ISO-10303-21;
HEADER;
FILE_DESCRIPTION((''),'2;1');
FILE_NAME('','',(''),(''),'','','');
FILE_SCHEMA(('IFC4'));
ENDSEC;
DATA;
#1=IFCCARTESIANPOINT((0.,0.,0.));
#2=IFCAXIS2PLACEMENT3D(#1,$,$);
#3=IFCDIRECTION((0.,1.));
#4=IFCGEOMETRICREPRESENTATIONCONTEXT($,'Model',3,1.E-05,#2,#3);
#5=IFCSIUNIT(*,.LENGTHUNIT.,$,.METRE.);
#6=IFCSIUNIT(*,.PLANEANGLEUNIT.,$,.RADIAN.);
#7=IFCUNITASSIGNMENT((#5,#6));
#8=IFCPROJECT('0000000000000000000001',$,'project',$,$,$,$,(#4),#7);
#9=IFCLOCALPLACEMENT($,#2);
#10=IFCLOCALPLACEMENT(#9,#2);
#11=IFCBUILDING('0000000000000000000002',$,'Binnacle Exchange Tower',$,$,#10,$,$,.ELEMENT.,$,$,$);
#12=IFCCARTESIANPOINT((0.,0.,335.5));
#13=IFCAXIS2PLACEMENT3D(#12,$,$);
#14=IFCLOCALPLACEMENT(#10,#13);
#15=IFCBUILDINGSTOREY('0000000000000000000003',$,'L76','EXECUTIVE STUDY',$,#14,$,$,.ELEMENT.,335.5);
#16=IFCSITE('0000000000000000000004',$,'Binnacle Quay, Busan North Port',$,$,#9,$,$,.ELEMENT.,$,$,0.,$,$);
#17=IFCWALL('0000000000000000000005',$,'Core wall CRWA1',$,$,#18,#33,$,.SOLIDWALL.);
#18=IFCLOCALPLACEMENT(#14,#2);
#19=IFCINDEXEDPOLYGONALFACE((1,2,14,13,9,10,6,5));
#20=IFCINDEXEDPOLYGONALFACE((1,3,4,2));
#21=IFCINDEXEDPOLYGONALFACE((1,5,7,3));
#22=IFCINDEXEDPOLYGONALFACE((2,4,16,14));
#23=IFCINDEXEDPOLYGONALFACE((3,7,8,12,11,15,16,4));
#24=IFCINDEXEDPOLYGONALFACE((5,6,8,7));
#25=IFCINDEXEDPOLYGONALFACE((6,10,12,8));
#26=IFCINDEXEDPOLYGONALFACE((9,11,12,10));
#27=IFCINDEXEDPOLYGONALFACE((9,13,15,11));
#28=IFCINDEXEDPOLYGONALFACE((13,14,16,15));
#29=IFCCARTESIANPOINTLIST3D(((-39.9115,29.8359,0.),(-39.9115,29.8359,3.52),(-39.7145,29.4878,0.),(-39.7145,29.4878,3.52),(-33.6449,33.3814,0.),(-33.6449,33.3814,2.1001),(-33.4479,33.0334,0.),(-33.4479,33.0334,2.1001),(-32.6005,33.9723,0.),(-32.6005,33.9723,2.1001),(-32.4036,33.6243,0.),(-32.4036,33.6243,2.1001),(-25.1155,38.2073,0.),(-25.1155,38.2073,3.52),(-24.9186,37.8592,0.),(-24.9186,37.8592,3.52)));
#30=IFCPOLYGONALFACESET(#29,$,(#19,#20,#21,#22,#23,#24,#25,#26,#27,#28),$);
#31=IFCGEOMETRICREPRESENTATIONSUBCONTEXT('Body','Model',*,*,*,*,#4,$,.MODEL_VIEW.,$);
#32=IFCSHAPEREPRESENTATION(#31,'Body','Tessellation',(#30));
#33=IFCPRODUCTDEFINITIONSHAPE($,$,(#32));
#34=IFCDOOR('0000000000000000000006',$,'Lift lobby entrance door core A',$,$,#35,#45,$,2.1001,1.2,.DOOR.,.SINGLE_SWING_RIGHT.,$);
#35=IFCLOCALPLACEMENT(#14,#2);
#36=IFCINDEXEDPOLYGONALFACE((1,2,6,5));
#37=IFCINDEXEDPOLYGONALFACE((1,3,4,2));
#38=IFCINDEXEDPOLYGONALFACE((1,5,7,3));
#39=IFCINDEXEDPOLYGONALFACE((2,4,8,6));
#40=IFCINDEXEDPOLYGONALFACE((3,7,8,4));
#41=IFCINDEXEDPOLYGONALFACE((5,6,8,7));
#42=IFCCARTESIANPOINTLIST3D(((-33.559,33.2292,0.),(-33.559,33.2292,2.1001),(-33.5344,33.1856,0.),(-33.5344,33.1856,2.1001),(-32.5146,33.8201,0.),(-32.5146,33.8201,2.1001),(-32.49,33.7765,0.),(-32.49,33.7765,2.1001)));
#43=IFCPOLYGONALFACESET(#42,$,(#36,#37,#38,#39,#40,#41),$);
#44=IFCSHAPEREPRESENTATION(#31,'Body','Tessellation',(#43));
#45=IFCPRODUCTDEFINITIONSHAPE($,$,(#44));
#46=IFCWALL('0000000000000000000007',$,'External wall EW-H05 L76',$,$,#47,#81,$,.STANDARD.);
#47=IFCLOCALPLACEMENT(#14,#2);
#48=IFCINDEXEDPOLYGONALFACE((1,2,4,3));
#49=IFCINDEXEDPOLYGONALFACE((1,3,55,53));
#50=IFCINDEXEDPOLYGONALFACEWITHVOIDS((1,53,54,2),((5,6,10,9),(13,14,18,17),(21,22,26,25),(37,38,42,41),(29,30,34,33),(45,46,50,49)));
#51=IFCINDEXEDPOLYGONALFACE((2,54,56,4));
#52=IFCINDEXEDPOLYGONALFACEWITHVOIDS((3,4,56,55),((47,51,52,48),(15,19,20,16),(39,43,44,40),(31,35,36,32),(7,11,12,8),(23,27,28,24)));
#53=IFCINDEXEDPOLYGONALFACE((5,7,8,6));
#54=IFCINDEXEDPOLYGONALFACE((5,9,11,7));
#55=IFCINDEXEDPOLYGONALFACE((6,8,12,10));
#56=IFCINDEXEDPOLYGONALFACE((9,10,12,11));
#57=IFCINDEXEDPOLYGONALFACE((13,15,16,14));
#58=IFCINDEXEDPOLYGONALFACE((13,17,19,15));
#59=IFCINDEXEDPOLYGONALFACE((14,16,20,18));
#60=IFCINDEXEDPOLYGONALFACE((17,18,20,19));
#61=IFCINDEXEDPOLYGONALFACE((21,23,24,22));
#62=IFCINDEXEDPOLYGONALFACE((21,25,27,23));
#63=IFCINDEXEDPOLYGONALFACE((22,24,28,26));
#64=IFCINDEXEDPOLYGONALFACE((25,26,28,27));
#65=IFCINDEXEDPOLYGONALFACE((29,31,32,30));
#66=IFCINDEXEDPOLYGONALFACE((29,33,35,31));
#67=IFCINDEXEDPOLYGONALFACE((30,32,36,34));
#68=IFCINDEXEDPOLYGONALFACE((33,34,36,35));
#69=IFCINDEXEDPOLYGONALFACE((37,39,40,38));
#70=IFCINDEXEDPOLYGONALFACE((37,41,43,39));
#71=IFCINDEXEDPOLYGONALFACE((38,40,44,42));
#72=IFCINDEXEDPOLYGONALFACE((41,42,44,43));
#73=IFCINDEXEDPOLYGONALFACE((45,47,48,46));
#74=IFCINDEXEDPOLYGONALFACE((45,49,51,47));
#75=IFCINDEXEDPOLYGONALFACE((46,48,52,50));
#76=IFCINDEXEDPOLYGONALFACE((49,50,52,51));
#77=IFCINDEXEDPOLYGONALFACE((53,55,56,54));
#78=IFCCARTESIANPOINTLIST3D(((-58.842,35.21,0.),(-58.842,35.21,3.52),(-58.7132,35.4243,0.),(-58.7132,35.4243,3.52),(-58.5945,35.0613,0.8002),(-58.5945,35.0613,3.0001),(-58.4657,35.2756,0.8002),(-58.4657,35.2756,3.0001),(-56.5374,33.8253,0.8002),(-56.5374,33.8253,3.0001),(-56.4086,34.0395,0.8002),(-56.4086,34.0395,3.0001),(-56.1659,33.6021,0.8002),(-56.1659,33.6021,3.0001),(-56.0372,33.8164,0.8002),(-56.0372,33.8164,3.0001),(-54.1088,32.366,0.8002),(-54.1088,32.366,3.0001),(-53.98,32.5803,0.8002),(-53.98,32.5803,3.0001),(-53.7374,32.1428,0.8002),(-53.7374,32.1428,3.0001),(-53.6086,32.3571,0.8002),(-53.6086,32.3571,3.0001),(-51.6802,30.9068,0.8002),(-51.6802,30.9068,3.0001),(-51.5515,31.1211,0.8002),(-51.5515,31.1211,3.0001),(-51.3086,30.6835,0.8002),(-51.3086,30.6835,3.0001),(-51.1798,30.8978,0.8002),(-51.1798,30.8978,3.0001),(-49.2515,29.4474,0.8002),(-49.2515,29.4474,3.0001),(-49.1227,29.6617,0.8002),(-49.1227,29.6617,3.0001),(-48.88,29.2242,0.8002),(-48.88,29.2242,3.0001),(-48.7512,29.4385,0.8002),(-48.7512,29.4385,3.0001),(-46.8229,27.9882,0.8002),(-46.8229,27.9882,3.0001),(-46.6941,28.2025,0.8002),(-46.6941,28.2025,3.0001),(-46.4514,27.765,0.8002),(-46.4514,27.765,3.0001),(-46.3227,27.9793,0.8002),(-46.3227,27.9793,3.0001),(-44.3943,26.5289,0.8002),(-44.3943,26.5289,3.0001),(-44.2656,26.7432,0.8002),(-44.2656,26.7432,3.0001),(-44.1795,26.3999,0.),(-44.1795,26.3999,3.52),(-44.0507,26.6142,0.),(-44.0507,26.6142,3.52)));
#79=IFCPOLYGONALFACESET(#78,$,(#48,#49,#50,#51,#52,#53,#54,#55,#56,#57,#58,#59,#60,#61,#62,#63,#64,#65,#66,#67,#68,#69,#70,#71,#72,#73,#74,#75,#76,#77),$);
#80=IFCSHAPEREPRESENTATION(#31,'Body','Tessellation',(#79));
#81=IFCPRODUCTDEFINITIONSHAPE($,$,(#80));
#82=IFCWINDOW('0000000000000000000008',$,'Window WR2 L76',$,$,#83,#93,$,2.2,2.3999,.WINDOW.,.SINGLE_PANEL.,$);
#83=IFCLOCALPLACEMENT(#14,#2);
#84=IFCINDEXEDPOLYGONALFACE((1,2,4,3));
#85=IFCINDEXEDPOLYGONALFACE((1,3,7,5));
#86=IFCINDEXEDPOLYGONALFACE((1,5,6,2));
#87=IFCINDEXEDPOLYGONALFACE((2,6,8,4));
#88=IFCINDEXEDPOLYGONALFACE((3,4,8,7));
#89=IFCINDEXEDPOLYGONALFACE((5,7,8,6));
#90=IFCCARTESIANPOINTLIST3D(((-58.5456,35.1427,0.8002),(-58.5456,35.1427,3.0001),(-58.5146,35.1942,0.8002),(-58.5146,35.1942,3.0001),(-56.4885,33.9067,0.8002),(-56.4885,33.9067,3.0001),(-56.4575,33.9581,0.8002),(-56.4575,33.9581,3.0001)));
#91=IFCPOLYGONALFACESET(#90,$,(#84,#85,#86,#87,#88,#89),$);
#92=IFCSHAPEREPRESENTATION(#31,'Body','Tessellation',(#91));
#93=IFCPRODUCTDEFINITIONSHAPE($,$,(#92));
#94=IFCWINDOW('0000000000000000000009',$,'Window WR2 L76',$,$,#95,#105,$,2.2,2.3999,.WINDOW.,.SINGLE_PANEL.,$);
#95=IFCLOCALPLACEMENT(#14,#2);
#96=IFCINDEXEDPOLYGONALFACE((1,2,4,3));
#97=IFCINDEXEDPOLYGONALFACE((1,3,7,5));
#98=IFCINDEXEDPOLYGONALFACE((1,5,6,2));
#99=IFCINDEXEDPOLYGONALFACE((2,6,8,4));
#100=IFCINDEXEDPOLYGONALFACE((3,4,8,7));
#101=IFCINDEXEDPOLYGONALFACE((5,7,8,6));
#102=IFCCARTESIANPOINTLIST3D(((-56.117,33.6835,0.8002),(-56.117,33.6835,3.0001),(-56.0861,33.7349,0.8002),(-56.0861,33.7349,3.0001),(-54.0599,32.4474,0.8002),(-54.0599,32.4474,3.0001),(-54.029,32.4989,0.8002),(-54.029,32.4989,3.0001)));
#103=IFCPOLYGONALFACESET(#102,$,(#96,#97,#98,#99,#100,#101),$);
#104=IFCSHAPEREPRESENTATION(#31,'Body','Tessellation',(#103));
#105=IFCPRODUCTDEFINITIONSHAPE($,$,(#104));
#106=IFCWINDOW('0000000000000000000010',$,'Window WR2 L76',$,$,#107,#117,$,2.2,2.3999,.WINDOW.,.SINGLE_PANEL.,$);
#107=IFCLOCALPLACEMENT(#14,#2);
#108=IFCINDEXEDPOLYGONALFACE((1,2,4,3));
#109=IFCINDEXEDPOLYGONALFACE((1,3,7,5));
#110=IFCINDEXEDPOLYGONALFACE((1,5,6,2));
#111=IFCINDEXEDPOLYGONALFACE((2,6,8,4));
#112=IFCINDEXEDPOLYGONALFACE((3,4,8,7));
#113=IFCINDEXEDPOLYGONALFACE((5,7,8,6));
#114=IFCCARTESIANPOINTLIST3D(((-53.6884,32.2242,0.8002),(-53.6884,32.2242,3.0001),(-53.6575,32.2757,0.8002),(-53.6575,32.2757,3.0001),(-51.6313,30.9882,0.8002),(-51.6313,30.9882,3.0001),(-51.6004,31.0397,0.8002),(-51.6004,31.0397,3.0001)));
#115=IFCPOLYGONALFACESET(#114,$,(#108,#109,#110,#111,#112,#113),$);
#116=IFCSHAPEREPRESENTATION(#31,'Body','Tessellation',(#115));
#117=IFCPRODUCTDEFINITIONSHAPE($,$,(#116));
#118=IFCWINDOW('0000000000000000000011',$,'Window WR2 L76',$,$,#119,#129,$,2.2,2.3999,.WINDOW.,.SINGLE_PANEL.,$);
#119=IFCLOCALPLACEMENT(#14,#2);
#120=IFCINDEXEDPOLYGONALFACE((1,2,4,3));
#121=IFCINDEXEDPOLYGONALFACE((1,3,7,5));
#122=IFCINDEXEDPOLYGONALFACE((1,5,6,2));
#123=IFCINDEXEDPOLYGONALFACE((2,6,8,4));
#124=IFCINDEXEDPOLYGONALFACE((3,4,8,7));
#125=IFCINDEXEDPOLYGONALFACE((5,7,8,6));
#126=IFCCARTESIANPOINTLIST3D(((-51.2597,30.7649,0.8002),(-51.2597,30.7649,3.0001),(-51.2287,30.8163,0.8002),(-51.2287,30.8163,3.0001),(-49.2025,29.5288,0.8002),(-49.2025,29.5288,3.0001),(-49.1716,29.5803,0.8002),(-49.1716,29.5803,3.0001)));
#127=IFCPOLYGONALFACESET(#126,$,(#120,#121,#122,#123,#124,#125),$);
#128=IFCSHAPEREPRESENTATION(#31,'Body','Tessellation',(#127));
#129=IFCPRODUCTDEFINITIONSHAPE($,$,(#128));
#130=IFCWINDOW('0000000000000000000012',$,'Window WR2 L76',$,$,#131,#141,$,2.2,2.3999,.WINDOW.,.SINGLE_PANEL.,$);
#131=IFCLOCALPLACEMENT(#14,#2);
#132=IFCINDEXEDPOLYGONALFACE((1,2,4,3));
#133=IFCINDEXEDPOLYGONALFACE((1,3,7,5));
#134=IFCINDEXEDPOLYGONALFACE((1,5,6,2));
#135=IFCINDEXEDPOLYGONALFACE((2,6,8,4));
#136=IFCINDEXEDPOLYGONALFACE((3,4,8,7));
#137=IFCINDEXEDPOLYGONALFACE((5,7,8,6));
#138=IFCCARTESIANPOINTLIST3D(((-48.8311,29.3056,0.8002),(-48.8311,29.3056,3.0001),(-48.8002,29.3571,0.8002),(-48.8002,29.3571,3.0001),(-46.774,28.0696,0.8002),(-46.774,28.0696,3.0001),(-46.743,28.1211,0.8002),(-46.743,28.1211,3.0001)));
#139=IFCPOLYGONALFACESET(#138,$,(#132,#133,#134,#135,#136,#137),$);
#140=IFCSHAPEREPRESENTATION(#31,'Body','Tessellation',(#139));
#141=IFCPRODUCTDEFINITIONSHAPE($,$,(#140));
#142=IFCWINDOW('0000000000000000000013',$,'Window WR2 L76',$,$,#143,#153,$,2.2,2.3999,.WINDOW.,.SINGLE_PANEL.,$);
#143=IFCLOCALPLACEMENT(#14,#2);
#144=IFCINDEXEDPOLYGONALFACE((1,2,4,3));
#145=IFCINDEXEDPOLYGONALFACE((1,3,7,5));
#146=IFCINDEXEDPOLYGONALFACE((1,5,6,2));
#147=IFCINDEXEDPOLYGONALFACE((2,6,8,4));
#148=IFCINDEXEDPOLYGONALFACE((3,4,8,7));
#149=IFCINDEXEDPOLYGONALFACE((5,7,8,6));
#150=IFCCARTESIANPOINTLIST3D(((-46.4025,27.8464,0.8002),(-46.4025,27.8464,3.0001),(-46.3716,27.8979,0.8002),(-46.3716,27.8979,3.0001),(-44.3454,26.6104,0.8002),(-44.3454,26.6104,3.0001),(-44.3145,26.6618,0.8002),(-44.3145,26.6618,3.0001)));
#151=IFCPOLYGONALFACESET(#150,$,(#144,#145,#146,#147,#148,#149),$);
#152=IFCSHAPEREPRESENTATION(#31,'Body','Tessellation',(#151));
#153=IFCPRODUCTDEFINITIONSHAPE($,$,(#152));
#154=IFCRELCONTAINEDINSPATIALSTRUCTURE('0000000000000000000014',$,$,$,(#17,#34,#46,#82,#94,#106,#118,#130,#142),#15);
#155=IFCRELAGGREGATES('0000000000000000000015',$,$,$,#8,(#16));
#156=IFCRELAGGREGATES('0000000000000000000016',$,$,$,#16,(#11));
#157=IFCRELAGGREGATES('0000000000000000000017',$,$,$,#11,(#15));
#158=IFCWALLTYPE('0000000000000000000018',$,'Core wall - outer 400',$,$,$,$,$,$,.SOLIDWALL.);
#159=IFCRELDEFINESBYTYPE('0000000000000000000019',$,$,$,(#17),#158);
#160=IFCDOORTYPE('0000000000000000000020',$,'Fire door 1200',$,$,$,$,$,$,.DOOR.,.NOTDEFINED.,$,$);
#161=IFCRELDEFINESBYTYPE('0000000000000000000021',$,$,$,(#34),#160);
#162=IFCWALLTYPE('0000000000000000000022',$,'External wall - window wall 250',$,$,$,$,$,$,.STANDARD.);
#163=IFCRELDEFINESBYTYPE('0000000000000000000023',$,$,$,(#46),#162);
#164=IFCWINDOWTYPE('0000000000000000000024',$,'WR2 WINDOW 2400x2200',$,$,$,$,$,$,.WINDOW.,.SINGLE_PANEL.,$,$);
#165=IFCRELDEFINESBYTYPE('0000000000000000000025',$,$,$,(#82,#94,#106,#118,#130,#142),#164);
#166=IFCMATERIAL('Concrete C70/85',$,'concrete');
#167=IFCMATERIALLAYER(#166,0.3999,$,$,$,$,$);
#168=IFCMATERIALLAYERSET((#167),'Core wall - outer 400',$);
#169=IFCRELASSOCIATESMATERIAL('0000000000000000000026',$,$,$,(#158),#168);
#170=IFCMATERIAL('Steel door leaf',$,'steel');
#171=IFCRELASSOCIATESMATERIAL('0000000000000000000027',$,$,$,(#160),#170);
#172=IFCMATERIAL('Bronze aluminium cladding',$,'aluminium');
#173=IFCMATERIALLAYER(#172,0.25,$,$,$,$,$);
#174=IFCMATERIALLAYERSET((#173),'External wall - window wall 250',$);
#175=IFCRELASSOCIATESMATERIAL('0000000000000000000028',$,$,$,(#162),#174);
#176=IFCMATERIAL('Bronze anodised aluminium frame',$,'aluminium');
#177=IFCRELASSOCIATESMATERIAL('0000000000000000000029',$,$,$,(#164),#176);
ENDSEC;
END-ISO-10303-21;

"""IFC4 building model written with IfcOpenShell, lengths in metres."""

from ifc_helpers import new_model, si_unit, direction, frame, frame_2d, origin, place, context, subcontext, project, spatial, rectangle, extrude, material, layer, layer_set, type_object, element, fill, save


model = new_model("IFC4")

# Units and contexts
model_context = context("Model", 3, precision=1e-05, world=origin(), true_north=direction((0.0, 1.0)))
body_context = subcontext(model_context, "Body", "Model", "MODEL_VIEW")
ifc_project = project(units=[si_unit("LENGTHUNIT", "METRE"), si_unit("PLANEANGLEUNIT", "RADIAN")], contexts=[model_context])

# Site, building, storey
site_placement = place(None, origin())
site = spatial("IfcSite", under=ifc_project, at=site_placement, Name="Binnacle Quay, Busan North Port", CompositionType="ELEMENT", RefElevation=0.0)
building_placement = place(site_placement, origin())
building = spatial("IfcBuilding", under=site, at=building_placement, Name="Binnacle Exchange Tower", CompositionType="ELEMENT")
storey_placement = place(building_placement, frame((0.0, 0.0, 335.5)))
storey = spatial("IfcBuildingStorey", under=building, at=storey_placement, Name="L76", Description="EXECUTIVE STUDY", CompositionType="ELEMENT", Elevation=335.5)

# Shared definitions
ifc_material_1 = material(Name="Concrete C70/85", Category="concrete")
ifc_material_2 = material(Name="Steel door leaf", Category="steel")

# Wall, opening, door
ifc_layer_1 = layer(ifc_material_1, 0.3999)
ifc_layer_set_1 = layer_set([ifc_layer_1], Name="Core wall - outer 400")
wall_type_1 = type_object("IfcWallType", Name="Core wall - outer 400", PredefinedType="SOLIDWALL", material=ifc_layer_set_1)
wall_1_placement = place(storey_placement, frame((-39.813, 29.6619, 0.0), z_axis=(0.0, 0.0, 1.0), x_axis=(0.87035, 0.492433, 0.0)))
wall_1 = element("IfcWall", 1, at=wall_1_placement, inside=storey, type_object=wall_type_1, Name="Core wall CRWA1", PredefinedType="SOLIDWALL", context=body_context, shape_type="SweptSolid", body=[
    extrude(rectangle(XDim=17.0, YDim=0.3999, at=frame_2d((8.5, 0.0))), origin(), (0.0, 0.0, 1.0), 3.52),
])
opening_1_placement = place(wall_1_placement, frame((7.2, 0.0, 0.0)))
opening_1 = element("IfcOpeningElement", 2, at=opening_1_placement, cuts=wall_1, PredefinedType="OPENING", context=body_context, shape_type="SweptSolid", body=[
    extrude(rectangle(XDim=1.2, YDim=2.1001, at=frame_2d((0.6001, 1.05))), frame((0.0, 0.21, 0.0), z_axis=(0.0, -1.0, 0.0), x_axis=(1.0, 0.0, 0.0)), (0.0, 0.0, 1.0), 0.4199),
])
door_type_1 = type_object("IfcDoorType", Name="Fire door 1200", OperationType="NOTDEFINED", PredefinedType="DOOR", material=ifc_material_2)
door_1_placement = place(opening_1_placement, frame((1.2, 0.0, 0.0), z_axis=(0.0, 0.0, 1.0), x_axis=(-1.0, 0.0, 0.0)))
door_1 = element("IfcDoor", 3, at=door_1_placement, inside=storey, type_object=door_type_1, Name="Lift lobby entrance door core A", OperationType="SINGLE_SWING_RIGHT", OverallHeight=2.1001, OverallWidth=1.2, PredefinedType="DOOR", context=body_context, shape_type="SweptSolid", body=[
    extrude(rectangle(XDim=1.2, YDim=2.1001, at=frame_2d((0.6001, 1.05))), frame((0.0, 0.0249, 0.0), z_axis=(0.0, -1.0, 0.0), x_axis=(1.0, 0.0, 0.0)), (0.0, 0.0, 1.0), 0.05),
])
fill(opening_1, door_1)

# Wall, openings, windows
ifc_material_3 = material(Name="Bronze aluminium cladding", Category="aluminium")
ifc_layer_2 = layer(ifc_material_3, 0.25)
ifc_layer_set_2 = layer_set([ifc_layer_2], Name="External wall - window wall 250")
wall_type_2 = type_object("IfcWallType", Name="External wall - window wall 250", PredefinedType="STANDARD", material=ifc_layer_set_2)
wall_2_placement = place(storey_placement, frame((-44.1152, 26.5071, 0.0), z_axis=(0.0, 0.0, 1.0), x_axis=(-0.857167, 0.515039, 0.0)))
wall_2 = element("IfcWall", 4, at=wall_2_placement, inside=storey, type_object=wall_type_2, Name="External wall EW-H05 L76", PredefinedType="STANDARD", context=body_context, shape_type="SweptSolid", body=[
    extrude(rectangle(XDim=17.1057, YDim=0.25, at=frame_2d((8.5527, 0.0))), origin(), (0.0, 0.0, 1.0), 3.52),
])
opening_2_placement = place(wall_2_placement, frame((14.417, 0.0, 0.8)))
opening_2 = element("IfcOpeningElement", 5, at=opening_2_placement, cuts=wall_2, PredefinedType="OPENING", context=body_context, shape_type="SweptSolid", body=[
    extrude(rectangle(XDim=2.3999, YDim=2.2, at=frame_2d((1.2, 1.1001))), frame((0.0, 0.135, 0.0), z_axis=(0.0, -1.0, 0.0), x_axis=(1.0, 0.0, 0.0)), (0.0, 0.0, 1.0), 0.27),
])
opening_3_placement = place(wall_2_placement, frame((11.5837, 0.0, 0.8)))
opening_3 = element("IfcOpeningElement", 6, at=opening_3_placement, cuts=wall_2, PredefinedType="OPENING", context=body_context, shape_type="SweptSolid", body=[
    extrude(rectangle(XDim=2.3999, YDim=2.2, at=frame_2d((1.2, 1.1001))), frame((0.0, 0.135, 0.0), z_axis=(0.0, -1.0, 0.0), x_axis=(1.0, 0.0, 0.0)), (0.0, 0.0, 1.0), 0.27),
])
opening_4_placement = place(wall_2_placement, frame((8.7505, 0.0, 0.8)))
opening_4 = element("IfcOpeningElement", 7, at=opening_4_placement, cuts=wall_2, PredefinedType="OPENING", context=body_context, shape_type="SweptSolid", body=[
    extrude(rectangle(XDim=2.3999, YDim=2.2, at=frame_2d((1.2, 1.1001))), frame((0.0, 0.135, 0.0), z_axis=(0.0, -1.0, 0.0), x_axis=(1.0, 0.0, 0.0)), (0.0, 0.0, 1.0), 0.27),
])
opening_5_placement = place(wall_2_placement, frame((5.917, 0.0, 0.8)))
opening_5 = element("IfcOpeningElement", 8, at=opening_5_placement, cuts=wall_2, PredefinedType="OPENING", context=body_context, shape_type="SweptSolid", body=[
    extrude(rectangle(XDim=2.3999, YDim=2.2, at=frame_2d((1.2, 1.1001))), frame((0.0, 0.135, 0.0), z_axis=(0.0, -1.0, 0.0), x_axis=(1.0, 0.0, 0.0)), (0.0, 0.0, 1.0), 0.27),
])
opening_6_placement = place(wall_2_placement, frame((3.0837, 0.0, 0.8)))
opening_6 = element("IfcOpeningElement", 9, at=opening_6_placement, cuts=wall_2, PredefinedType="OPENING", context=body_context, shape_type="SweptSolid", body=[
    extrude(rectangle(XDim=2.3999, YDim=2.2, at=frame_2d((1.2, 1.1001))), frame((0.0, 0.135, 0.0), z_axis=(0.0, -1.0, 0.0), x_axis=(1.0, 0.0, 0.0)), (0.0, 0.0, 1.0), 0.27),
])
opening_7_placement = place(wall_2_placement, frame((0.2505, 0.0, 0.8)))
opening_7 = element("IfcOpeningElement", 10, at=opening_7_placement, cuts=wall_2, PredefinedType="OPENING", context=body_context, shape_type="SweptSolid", body=[
    extrude(rectangle(XDim=2.3999, YDim=2.2, at=frame_2d((1.2, 1.1001))), frame((0.0, 0.135, 0.0), z_axis=(0.0, -1.0, 0.0), x_axis=(1.0, 0.0, 0.0)), (0.0, 0.0, 1.0), 0.27),
])
ifc_material_4 = material(Name="Bronze anodised aluminium frame", Category="aluminium")
window_type = type_object("IfcWindowType", Name="WR2 WINDOW 2400x2200", PartitioningType="SINGLE_PANEL", PredefinedType="WINDOW", material=ifc_material_4)
window_1_placement = place(opening_2_placement, origin())
window_1 = element("IfcWindow", 11, at=window_1_placement, inside=storey, type_object=window_type, Name="Window WR2 L76", OverallHeight=2.2, OverallWidth=2.3999, PartitioningType="SINGLE_PANEL", PredefinedType="WINDOW", context=body_context, shape_type="SweptSolid", body=[
    extrude(rectangle(XDim=2.3999, YDim=2.2, at=frame_2d((1.2, 1.1001))), frame((0.0, 0.03, 0.0), z_axis=(0.0, -1.0, 0.0), x_axis=(1.0, 0.0, 0.0)), (0.0, 0.0, 1.0), 0.0601),
])
fill(opening_2, window_1)
window_2_placement = place(opening_3_placement, origin())
window_2 = element("IfcWindow", 12, at=window_2_placement, inside=storey, type_object=window_type, Name="Window WR2 L76", OverallHeight=2.2, OverallWidth=2.3999, PartitioningType="SINGLE_PANEL", PredefinedType="WINDOW", context=body_context, shape_type="SweptSolid", body=[
    extrude(rectangle(XDim=2.3999, YDim=2.2, at=frame_2d((1.2, 1.1001))), frame((0.0, 0.03, 0.0), z_axis=(0.0, -1.0, 0.0), x_axis=(1.0, 0.0, 0.0)), (0.0, 0.0, 1.0), 0.0601),
])
fill(opening_3, window_2)
window_3_placement = place(opening_4_placement, origin())
window_3 = element("IfcWindow", 13, at=window_3_placement, inside=storey, type_object=window_type, Name="Window WR2 L76", OverallHeight=2.2, OverallWidth=2.3999, PartitioningType="SINGLE_PANEL", PredefinedType="WINDOW", context=body_context, shape_type="SweptSolid", body=[
    extrude(rectangle(XDim=2.3999, YDim=2.2, at=frame_2d((1.2, 1.1001))), frame((0.0, 0.03, 0.0), z_axis=(0.0, -1.0, 0.0), x_axis=(1.0, 0.0, 0.0)), (0.0, 0.0, 1.0), 0.0601),
])
fill(opening_4, window_3)
window_4_placement = place(opening_5_placement, origin())
window_4 = element("IfcWindow", 14, at=window_4_placement, inside=storey, type_object=window_type, Name="Window WR2 L76", OverallHeight=2.2, OverallWidth=2.3999, PartitioningType="SINGLE_PANEL", PredefinedType="WINDOW", context=body_context, shape_type="SweptSolid", body=[
    extrude(rectangle(XDim=2.3999, YDim=2.2, at=frame_2d((1.2, 1.1001))), frame((0.0, 0.03, 0.0), z_axis=(0.0, -1.0, 0.0), x_axis=(1.0, 0.0, 0.0)), (0.0, 0.0, 1.0), 0.0601),
])
fill(opening_5, window_4)
window_5_placement = place(opening_6_placement, origin())
window_5 = element("IfcWindow", 15, at=window_5_placement, inside=storey, type_object=window_type, Name="Window WR2 L76", OverallHeight=2.2, OverallWidth=2.3999, PartitioningType="SINGLE_PANEL", PredefinedType="WINDOW", context=body_context, shape_type="SweptSolid", body=[
    extrude(rectangle(XDim=2.3999, YDim=2.2, at=frame_2d((1.2, 1.1001))), frame((0.0, 0.03, 0.0), z_axis=(0.0, -1.0, 0.0), x_axis=(1.0, 0.0, 0.0)), (0.0, 0.0, 1.0), 0.0601),
])
fill(opening_6, window_5)
window_6_placement = place(opening_7_placement, origin())
window_6 = element("IfcWindow", 16, at=window_6_placement, inside=storey, type_object=window_type, Name="Window WR2 L76", OverallHeight=2.2, OverallWidth=2.3999, PartitioningType="SINGLE_PANEL", PredefinedType="WINDOW", context=body_context, shape_type="SweptSolid", body=[
    extrude(rectangle(XDim=2.3999, YDim=2.2, at=frame_2d((1.2, 1.1001))), frame((0.0, 0.03, 0.0), z_axis=(0.0, -1.0, 0.0), x_axis=(1.0, 0.0, 0.0)), (0.0, 0.0, 1.0), 0.0601),
])
fill(opening_7, window_6)

save(model, "model.ifc")
